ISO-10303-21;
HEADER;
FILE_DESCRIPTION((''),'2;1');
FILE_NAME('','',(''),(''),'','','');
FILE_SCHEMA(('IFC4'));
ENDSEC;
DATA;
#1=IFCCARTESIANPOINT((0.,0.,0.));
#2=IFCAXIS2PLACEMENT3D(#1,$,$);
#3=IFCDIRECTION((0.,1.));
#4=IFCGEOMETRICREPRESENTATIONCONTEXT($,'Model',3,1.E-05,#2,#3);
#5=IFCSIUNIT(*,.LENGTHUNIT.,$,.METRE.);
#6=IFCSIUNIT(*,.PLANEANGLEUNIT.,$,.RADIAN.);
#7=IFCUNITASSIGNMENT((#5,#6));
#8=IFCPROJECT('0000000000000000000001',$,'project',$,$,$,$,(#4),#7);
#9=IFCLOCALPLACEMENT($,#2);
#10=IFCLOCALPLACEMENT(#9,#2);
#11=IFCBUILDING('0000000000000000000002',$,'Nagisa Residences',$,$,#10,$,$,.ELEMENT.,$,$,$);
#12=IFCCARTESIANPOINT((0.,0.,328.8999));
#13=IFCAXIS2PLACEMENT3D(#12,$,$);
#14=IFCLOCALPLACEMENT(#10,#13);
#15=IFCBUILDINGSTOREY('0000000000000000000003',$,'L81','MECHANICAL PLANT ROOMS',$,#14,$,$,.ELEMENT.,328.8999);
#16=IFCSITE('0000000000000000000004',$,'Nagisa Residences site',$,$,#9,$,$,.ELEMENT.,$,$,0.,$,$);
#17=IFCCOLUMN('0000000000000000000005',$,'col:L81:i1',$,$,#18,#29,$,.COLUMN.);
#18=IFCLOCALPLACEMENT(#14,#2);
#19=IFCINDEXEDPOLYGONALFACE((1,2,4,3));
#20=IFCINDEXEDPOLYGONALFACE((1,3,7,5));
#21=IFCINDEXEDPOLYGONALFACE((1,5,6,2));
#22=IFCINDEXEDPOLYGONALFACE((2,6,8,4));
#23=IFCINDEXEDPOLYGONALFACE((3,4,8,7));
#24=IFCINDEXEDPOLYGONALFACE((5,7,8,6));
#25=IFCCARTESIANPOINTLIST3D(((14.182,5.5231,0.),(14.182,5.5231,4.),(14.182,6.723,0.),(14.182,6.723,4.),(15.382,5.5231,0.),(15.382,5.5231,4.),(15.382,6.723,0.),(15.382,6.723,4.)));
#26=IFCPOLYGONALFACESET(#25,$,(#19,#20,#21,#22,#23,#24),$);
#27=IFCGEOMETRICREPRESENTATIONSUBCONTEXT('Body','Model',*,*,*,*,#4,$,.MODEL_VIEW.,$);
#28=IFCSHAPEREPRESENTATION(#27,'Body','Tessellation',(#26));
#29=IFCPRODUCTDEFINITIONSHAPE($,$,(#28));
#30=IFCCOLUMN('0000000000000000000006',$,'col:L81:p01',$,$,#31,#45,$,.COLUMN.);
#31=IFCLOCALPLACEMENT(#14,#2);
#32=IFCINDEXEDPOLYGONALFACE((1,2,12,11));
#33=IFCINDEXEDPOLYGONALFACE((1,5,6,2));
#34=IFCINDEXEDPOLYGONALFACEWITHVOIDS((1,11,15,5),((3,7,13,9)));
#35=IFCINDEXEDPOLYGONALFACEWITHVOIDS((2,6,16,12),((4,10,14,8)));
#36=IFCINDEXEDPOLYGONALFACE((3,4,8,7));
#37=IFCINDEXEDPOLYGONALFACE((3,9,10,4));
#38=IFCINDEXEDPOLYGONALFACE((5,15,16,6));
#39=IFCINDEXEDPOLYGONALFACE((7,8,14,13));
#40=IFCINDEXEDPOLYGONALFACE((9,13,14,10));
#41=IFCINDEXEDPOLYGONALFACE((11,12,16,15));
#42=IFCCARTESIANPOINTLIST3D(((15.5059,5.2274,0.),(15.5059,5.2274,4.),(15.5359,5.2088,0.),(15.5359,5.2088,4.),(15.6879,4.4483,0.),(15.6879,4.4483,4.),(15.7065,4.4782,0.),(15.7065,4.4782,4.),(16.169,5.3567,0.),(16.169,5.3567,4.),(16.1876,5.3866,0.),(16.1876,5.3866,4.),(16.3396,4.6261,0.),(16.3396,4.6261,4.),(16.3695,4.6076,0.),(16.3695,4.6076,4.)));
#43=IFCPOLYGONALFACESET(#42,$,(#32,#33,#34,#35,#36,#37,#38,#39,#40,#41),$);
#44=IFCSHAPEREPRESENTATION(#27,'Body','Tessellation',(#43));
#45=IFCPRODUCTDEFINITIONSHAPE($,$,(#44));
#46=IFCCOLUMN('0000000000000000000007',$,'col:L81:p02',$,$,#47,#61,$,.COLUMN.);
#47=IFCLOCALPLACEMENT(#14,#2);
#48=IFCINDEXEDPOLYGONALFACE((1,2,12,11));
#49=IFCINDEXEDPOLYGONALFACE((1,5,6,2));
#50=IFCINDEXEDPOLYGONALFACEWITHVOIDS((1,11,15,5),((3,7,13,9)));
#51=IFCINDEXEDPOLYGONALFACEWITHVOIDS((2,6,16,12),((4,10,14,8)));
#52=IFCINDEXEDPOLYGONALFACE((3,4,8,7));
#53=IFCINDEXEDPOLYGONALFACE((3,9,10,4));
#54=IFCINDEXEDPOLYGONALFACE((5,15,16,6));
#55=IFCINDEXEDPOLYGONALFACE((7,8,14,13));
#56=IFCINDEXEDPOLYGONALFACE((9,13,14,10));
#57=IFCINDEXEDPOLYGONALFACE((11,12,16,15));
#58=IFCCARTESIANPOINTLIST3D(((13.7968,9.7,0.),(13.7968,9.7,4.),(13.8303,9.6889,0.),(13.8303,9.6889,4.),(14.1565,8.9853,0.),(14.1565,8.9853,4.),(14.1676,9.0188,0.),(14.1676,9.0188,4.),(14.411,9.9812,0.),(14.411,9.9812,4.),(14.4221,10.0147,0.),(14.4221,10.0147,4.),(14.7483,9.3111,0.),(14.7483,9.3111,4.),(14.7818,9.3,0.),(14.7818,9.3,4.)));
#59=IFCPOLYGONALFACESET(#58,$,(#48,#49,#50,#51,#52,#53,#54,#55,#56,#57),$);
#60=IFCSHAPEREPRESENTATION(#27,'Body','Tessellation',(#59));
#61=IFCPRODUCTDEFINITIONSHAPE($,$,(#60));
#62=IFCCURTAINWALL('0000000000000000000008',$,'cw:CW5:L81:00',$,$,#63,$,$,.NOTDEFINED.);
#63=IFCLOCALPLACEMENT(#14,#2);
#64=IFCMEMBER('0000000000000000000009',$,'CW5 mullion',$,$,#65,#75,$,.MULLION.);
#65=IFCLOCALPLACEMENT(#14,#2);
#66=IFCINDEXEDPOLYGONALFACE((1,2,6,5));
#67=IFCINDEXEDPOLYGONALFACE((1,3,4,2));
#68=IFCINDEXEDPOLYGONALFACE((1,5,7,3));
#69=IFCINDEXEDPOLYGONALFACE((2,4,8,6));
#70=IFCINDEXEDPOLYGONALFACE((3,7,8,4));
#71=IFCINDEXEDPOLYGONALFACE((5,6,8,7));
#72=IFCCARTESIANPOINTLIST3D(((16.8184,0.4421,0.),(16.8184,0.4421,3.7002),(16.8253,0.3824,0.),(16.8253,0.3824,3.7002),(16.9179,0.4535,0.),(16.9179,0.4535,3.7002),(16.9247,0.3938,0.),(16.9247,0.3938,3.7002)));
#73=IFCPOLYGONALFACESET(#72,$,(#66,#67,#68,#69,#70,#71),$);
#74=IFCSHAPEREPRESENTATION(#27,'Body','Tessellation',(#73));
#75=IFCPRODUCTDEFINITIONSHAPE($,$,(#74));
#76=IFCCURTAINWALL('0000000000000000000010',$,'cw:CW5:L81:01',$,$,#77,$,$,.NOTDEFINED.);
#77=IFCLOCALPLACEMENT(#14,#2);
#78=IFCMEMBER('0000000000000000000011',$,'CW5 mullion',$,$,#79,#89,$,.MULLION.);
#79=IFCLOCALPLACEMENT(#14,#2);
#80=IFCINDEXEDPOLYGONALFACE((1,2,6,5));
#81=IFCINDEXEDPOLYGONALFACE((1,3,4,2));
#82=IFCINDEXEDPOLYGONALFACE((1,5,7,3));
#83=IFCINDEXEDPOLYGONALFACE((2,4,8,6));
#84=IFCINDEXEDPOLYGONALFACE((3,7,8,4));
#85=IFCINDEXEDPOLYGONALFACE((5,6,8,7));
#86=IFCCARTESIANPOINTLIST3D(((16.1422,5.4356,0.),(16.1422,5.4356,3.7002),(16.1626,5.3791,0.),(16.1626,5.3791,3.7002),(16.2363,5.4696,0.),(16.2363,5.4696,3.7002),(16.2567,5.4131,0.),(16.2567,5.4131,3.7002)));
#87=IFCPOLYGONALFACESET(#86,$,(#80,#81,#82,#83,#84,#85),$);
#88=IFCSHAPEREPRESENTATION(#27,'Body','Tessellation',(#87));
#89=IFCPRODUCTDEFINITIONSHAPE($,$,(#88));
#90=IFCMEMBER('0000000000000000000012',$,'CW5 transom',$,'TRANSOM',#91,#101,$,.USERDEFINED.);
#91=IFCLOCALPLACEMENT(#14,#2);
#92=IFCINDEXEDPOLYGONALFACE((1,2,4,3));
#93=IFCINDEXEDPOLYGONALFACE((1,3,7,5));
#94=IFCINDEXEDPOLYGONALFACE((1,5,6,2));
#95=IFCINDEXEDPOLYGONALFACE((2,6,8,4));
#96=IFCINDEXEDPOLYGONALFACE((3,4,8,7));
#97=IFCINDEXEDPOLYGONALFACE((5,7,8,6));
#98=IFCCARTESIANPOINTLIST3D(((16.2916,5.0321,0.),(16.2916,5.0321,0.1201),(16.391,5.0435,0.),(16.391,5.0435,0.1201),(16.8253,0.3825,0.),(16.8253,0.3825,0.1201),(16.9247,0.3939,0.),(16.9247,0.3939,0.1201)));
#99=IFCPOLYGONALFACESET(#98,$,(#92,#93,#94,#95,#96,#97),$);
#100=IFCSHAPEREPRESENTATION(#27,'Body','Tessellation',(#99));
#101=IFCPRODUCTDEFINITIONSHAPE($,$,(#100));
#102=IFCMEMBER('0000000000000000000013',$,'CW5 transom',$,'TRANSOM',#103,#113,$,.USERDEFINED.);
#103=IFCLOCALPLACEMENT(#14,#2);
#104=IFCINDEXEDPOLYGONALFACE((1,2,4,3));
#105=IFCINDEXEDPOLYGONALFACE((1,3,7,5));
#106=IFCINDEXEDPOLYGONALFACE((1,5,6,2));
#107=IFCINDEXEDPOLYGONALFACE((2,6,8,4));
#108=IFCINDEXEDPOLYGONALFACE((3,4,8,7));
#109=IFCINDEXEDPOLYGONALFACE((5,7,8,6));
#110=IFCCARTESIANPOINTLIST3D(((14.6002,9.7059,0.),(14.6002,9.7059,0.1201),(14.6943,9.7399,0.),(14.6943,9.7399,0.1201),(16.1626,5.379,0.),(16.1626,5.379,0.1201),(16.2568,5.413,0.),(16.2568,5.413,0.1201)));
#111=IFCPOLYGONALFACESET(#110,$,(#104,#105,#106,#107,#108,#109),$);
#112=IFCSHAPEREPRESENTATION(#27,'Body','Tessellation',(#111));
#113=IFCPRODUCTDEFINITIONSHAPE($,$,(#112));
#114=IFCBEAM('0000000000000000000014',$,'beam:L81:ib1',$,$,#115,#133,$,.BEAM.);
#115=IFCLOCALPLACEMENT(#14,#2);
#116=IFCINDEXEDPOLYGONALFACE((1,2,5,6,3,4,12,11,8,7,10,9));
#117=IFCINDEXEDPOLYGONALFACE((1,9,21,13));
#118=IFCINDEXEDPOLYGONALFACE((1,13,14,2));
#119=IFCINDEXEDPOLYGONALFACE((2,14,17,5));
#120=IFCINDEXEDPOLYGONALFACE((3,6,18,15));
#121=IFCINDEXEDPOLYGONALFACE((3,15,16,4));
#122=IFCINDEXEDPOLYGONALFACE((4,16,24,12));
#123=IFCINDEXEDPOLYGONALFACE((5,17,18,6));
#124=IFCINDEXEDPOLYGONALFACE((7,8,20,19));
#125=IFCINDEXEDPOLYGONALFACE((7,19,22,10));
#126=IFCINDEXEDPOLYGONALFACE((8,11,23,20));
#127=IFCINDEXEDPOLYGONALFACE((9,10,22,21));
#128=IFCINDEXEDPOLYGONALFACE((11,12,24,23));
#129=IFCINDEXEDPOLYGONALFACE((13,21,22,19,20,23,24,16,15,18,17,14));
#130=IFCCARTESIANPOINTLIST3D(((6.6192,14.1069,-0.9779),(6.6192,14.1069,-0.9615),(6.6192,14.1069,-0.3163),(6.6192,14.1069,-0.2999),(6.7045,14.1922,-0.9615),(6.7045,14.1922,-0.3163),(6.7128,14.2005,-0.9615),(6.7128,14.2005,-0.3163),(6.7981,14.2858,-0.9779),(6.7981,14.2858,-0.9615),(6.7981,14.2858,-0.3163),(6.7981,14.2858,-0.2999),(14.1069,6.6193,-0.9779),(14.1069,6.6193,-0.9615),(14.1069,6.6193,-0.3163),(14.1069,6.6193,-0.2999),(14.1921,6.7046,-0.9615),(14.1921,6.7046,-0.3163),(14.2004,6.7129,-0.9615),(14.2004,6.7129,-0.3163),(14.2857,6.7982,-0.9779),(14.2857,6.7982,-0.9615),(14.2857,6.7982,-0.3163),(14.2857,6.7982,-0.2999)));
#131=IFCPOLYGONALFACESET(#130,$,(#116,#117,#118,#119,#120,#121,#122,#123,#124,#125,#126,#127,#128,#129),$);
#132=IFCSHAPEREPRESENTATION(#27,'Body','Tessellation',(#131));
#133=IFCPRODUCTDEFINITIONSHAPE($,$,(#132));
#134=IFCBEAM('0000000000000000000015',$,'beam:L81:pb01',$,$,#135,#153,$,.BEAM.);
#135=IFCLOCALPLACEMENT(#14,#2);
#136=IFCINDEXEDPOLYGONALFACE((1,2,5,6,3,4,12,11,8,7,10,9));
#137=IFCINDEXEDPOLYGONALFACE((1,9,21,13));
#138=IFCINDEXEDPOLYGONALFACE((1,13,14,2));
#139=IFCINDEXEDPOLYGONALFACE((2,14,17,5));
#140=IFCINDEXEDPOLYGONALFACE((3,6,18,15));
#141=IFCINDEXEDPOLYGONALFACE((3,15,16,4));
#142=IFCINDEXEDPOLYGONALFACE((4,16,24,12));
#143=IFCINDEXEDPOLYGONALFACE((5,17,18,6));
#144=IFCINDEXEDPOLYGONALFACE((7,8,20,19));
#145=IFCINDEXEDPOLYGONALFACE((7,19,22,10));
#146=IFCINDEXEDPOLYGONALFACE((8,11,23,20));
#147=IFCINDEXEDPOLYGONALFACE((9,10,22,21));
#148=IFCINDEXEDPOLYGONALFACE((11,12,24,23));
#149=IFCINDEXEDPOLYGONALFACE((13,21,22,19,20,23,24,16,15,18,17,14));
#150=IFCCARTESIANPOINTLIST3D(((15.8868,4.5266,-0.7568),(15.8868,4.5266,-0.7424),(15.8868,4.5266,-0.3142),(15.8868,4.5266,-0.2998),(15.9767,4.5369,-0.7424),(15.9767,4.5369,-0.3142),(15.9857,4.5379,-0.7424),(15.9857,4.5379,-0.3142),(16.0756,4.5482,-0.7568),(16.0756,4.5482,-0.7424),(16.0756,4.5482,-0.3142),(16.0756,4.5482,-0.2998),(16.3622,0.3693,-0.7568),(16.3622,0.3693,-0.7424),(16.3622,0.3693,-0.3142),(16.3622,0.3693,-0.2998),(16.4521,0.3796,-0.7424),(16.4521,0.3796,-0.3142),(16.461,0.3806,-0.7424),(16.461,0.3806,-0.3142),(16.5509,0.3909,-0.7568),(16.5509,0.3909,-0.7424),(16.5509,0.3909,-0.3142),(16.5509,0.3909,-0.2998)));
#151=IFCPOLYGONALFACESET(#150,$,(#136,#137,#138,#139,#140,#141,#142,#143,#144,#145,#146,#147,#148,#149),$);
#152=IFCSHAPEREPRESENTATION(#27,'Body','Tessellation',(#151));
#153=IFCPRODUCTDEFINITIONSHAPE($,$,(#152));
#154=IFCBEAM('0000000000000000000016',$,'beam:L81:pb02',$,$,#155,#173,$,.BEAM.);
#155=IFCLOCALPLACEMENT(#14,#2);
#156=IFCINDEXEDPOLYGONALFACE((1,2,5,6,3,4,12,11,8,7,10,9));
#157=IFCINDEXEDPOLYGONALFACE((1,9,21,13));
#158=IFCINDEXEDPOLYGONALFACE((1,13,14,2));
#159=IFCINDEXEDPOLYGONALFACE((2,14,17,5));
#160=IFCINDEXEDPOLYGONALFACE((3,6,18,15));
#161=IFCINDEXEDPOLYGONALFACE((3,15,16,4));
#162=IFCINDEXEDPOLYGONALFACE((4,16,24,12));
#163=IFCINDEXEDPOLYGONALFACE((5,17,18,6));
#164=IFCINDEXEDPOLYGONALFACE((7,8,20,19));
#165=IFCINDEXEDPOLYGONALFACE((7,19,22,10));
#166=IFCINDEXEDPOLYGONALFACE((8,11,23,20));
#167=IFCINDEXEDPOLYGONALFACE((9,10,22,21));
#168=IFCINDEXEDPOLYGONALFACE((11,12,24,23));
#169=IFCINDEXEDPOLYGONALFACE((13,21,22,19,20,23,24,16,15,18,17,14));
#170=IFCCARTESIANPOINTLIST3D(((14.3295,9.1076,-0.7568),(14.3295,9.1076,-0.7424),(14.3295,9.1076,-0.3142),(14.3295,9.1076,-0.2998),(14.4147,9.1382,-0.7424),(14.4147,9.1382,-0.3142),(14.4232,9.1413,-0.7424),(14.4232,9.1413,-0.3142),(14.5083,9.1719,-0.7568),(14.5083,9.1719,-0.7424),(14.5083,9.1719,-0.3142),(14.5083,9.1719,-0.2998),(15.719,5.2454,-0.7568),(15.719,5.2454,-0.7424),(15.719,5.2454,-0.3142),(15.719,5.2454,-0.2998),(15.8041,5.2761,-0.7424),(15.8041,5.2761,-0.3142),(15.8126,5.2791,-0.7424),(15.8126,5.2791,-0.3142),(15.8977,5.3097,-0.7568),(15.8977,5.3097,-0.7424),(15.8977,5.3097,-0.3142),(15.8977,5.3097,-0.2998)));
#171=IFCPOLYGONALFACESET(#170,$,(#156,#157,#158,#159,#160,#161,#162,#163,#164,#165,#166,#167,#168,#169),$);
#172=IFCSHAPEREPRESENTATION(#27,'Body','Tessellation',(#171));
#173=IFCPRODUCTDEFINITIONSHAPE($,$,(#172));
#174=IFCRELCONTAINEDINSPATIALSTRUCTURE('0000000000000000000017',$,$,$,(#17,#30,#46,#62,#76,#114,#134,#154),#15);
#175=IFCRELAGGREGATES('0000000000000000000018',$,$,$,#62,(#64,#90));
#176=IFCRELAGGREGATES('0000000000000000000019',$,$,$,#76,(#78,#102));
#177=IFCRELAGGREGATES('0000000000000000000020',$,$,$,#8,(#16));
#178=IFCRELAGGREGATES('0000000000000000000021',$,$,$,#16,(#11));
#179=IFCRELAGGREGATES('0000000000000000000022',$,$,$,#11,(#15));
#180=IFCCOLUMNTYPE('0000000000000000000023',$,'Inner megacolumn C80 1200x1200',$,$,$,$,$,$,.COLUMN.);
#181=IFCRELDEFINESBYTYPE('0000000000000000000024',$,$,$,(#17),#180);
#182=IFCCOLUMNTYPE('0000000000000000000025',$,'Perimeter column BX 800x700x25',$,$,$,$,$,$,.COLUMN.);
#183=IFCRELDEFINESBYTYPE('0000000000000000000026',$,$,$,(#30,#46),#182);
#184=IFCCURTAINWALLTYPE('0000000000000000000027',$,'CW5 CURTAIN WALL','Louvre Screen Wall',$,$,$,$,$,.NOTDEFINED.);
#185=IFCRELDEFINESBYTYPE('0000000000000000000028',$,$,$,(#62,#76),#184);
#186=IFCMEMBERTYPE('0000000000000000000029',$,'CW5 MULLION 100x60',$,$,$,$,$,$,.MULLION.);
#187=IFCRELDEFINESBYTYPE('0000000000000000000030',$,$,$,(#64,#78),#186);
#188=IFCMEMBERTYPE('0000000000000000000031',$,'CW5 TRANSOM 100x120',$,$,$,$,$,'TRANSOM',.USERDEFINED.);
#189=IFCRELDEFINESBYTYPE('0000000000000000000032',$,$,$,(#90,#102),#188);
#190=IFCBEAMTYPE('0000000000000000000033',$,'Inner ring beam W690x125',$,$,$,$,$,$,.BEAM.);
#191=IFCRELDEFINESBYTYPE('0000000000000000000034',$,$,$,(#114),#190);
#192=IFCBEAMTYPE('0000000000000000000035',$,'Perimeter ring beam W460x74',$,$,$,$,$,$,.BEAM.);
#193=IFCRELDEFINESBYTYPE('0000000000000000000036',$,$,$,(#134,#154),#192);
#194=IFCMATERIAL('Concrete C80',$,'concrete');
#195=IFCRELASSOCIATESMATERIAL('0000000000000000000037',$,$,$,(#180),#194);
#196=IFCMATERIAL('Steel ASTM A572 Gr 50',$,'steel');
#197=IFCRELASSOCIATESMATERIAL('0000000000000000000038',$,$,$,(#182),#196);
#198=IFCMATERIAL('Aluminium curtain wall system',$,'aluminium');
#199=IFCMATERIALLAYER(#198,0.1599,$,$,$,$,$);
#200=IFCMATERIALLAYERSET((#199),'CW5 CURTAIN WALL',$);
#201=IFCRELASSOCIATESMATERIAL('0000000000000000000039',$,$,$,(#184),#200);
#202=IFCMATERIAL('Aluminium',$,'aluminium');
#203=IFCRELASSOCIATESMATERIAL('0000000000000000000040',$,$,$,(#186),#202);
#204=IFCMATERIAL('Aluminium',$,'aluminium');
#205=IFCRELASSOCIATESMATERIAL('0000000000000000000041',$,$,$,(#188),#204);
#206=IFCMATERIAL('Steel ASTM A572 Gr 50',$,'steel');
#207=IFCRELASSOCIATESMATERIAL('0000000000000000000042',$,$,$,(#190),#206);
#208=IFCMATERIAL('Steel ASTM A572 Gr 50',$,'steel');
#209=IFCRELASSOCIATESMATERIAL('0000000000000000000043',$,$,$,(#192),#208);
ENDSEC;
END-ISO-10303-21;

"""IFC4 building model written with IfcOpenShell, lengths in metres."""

from ifc_helpers import new_model, si_unit, direction, frame, origin, origin_2d, place, context, subcontext, project, spatial, rectangle, hollow_rectangle, i_section, extrude, material, layer, layer_set, material_profile, profile_set, type_object, element, aggregate, save


model = new_model("IFC4")

# Units and contexts
model_context = context("Model", 3, precision=1e-05, world=origin(), true_north=direction((0.0, 1.0)))
body_context = subcontext(model_context, "Body", "Model", "MODEL_VIEW")
ifc_project = project(units=[si_unit("LENGTHUNIT", "METRE"), si_unit("PLANEANGLEUNIT", "RADIAN")], contexts=[model_context])

# Site, building, storey
site_placement = place(None, origin())
site = spatial("IfcSite", under=ifc_project, at=site_placement, Name="Nagisa Residences site", CompositionType="ELEMENT", RefElevation=0.0)
building_placement = place(site_placement, origin())
building = spatial("IfcBuilding", under=site, at=building_placement, Name="Nagisa Residences", CompositionType="ELEMENT")
storey_placement = place(building_placement, frame((0.0, 0.0, 328.8999)))
storey = spatial("IfcBuildingStorey", under=building, at=storey_placement, Name="L81", Description="MECHANICAL PLANT ROOMS", CompositionType="ELEMENT", Elevation=328.8999)

# Columns
ifc_material_1 = material(Name="Concrete C80", Category="concrete")
ifc_material_profile_1 = material_profile(ifc_material_1, rectangle(XDim=1.2, YDim=1.2, at=origin_2d()), Name="C80 1200x1200")
ifc_profile_set_1 = profile_set([ifc_material_profile_1], Name="Concrete C80")
column_type_1 = type_object("IfcColumnType", Name="Inner megacolumn C80 1200x1200", PredefinedType="COLUMN", material=ifc_profile_set_1)
column_placement = place(storey_placement, frame((14.782, 6.123, 0.0), z_axis=(0.0, 0.0, 1.0), x_axis=(1.0, 0.0, 0.0)))
element("IfcColumn", 1, at=column_placement, inside=storey, type_object=column_type_1, Name="col:L81:i1", PredefinedType="COLUMN", context=body_context, shape_type="SweptSolid", body=[
    extrude(rectangle(XDim=1.2, YDim=1.2, at=origin_2d()), origin(), (0.0, 0.0, 1.0), 4.0),
])
ifc_material_2 = material(Name="Steel ASTM A572 Gr 50", Category="steel")
ifc_material_profile_2 = material_profile(ifc_material_2, hollow_rectangle(XDim=0.8, YDim=0.7, WallThickness=0.0249, at=origin_2d()), Name="BX 800x700x25")
ifc_profile_set_2 = profile_set([ifc_material_profile_2], Name="Steel ASTM A572 Gr 50")
column_type_2 = type_object("IfcColumnType", Name="Perimeter column BX 800x700x25", PredefinedType="COLUMN", material=ifc_profile_set_2)
for number, where, z_axis, x_axis, name in (
    (2, (15.9377, 4.9175, 0.0), (0.0, 0.0, 1.0), (-0.227473, 0.973784, 0.0), "col:L81:p01"),
    (3, (14.2893, 9.5, 0.0), (0.0, 0.0, 1.0), (-0.449592, 0.893234, 0.0), "col:L81:p02"),
):
    element("IfcColumn", number, at=place(storey_placement, frame(where, z_axis=z_axis, x_axis=x_axis)), inside=storey, type_object=column_type_2, Name=name, PredefinedType="COLUMN", context=body_context, shape_type="SweptSolid", body=[
        extrude(hollow_rectangle(XDim=0.8, YDim=0.7, WallThickness=0.0249, at=origin_2d()), origin(), (0.0, 0.0, 1.0), 4.0),
    ])

# Curtain walls, members
ifc_material_3 = material(Name="Aluminium curtain wall system", Category="aluminium")
ifc_layer_1 = layer(ifc_material_3, 0.1599)
ifc_layer_set_1 = layer_set([ifc_layer_1], Name="CW5 CURTAIN WALL")
curtain_wall_type = type_object("IfcCurtainWallType", Name="CW5 CURTAIN WALL", Description="Louvre Screen Wall", PredefinedType="NOTDEFINED", material=ifc_layer_set_1)
curtain_wall_1_placement = place(storey_placement, origin())
curtain_wall_1 = element("IfcCurtainWall", 4, at=curtain_wall_1_placement, inside=storey, type_object=curtain_wall_type, Name="cw:CW5:L81:00", PredefinedType="NOTDEFINED")
ifc_material_4 = material(Name="Aluminium", Category="aluminium")
ifc_material_profile_3 = material_profile(ifc_material_4, rectangle(XDim=0.1001, YDim=0.0601, at=origin_2d()), Name="CW5 MULLION 100x60")
ifc_profile_set_3 = profile_set([ifc_material_profile_3], Name="Aluminium")
member_type_1 = type_object("IfcMemberType", Name="CW5 MULLION 100x60", PredefinedType="MULLION", material=ifc_profile_set_3)
member_1_placement = place(storey_placement, frame((16.8716, 0.418, 0.0), z_axis=(0.0, 0.0, 1.0), x_axis=(-0.993478, -0.114025, 0.0)))
member_1 = element("IfcMember", 5, at=member_1_placement, type_object=member_type_1, Name="CW5 mullion", PredefinedType="MULLION", context=body_context, shape_type="SweptSolid", body=[
    extrude(rectangle(XDim=0.1001, YDim=0.0601, at=origin_2d()), origin(), (0.0, 0.0, 1.0), 3.7002),
])
curtain_wall_2_placement = place(storey_placement, origin())
curtain_wall_2 = element("IfcCurtainWall", 6, at=curtain_wall_2_placement, inside=storey, type_object=curtain_wall_type, Name="cw:CW5:L81:01", PredefinedType="NOTDEFINED")
member_2_placement = place(storey_placement, frame((16.1995, 5.4243, 0.0), z_axis=(0.0, 0.0, 1.0), x_axis=(-0.940554, -0.339643, 0.0)))
member_2 = element("IfcMember", 7, at=member_2_placement, type_object=member_type_1, Name="CW5 mullion", PredefinedType="MULLION", context=body_context, shape_type="SweptSolid", body=[
    extrude(rectangle(XDim=0.1001, YDim=0.0601, at=origin_2d()), origin(), (0.0, 0.0, 1.0), 3.7002),
])

# Members
ifc_material_5 = material(Name="Aluminium", Category="aluminium")
ifc_material_profile_4 = material_profile(ifc_material_5, rectangle(XDim=0.1001, YDim=0.1201, at=origin_2d()), Name="CW5 TRANSOM 100x120")
ifc_profile_set_4 = profile_set([ifc_material_profile_4], Name="Aluminium")
member_type_2 = type_object("IfcMemberType", Name="CW5 TRANSOM 100x120", ElementType="TRANSOM", PredefinedType="USERDEFINED", material=ifc_profile_set_4)
member_3_placement = place(storey_placement, frame((16.875, 0.3882, 0.0601), z_axis=(-0.114032, 0.993477, 0.0), x_axis=(-0.993477, -0.114032, 0.0)))
member_3 = element("IfcMember", 8, at=member_3_placement, type_object=member_type_2, Name="CW5 transom", ObjectType="TRANSOM", PredefinedType="USERDEFINED", context=body_context, shape_type="SweptSolid", body=[
    extrude(rectangle(XDim=0.1001, YDim=0.1201, at=origin_2d()), origin(), (0.0, 0.0, 1.0), 4.6802),
])
member_4_placement = place(storey_placement, frame((16.2097, 5.396, 0.0601), z_axis=(-0.339646, 0.940553, 0.0), x_axis=(-0.940553, -0.339646, 0.0)))
member_4 = element("IfcMember", 9, at=member_4_placement, type_object=member_type_2, Name="CW5 transom", ObjectType="TRANSOM", PredefinedType="USERDEFINED", context=body_context, shape_type="SweptSolid", body=[
    extrude(rectangle(XDim=0.1001, YDim=0.1201, at=origin_2d()), origin(), (0.0, 0.0, 1.0), 4.6003),
])

# Beams
ifc_material_6 = material(Name="Steel ASTM A572 Gr 50", Category="steel")
ifc_material_profile_5 = material_profile(ifc_material_6, i_section(OverallWidth=0.2529, OverallDepth=0.678, WebThickness=0.0117, FlangeThickness=0.0164, at=origin_2d()), Name="W690x125")
ifc_profile_set_5 = profile_set([ifc_material_profile_5], Name="Steel ASTM A572 Gr 50")
beam_type_1 = type_object("IfcBeamType", Name="Inner ring beam W690x125", PredefinedType="BEAM", material=ifc_profile_set_5)
beam_1_placement = place(storey_placement, frame((14.1963, 6.7087, -0.6389), z_axis=(-0.707107, 0.707107, 0.0), x_axis=(-0.707107, -0.707107, 0.0)))
element("IfcBeam", 10, at=beam_1_placement, inside=storey, type_object=beam_type_1, Name="beam:L81:ib1", PredefinedType="BEAM", context=body_context, shape_type="SweptSolid", body=[
    extrude(i_section(OverallWidth=0.2529, OverallDepth=0.678, WebThickness=0.0117, FlangeThickness=0.0164, at=origin_2d()), origin(), (0.0, 0.0, 1.0), 10.5891),
])
ifc_material_7 = material(Name="Steel ASTM A572 Gr 50", Category="steel")
ifc_material_profile_6 = material_profile(ifc_material_7, i_section(OverallWidth=0.1899, OverallDepth=0.457, WebThickness=0.009, FlangeThickness=0.0144, at=origin_2d()), Name="W460x74")
ifc_profile_set_6 = profile_set([ifc_material_profile_6], Name="Steel ASTM A572 Gr 50")
beam_type_2 = type_object("IfcBeamType", Name="Perimeter ring beam W460x74", PredefinedType="BEAM", material=ifc_profile_set_6)
beam_2_placement = place(storey_placement, frame((16.4565, 0.3801, -0.5283), z_axis=(-0.113601, 0.993526, 0.0), x_axis=(-0.993526, -0.113601, 0.0)))
element("IfcBeam", 11, at=beam_2_placement, inside=storey, type_object=beam_type_2, Name="beam:L81:pb01", PredefinedType="BEAM", context=body_context, shape_type="SweptSolid", body=[
    extrude(i_section(OverallWidth=0.1899, OverallDepth=0.457, WebThickness=0.009, FlangeThickness=0.0144, at=origin_2d()), origin(), (0.0, 0.0, 1.0), 4.1843),
])
beam_3_placement = place(storey_placement, frame((15.8083, 5.2776, -0.5283), z_axis=(-0.338517, 0.94096, 0.0), x_axis=(-0.94096, -0.338517, 0.0)))
element("IfcBeam", 12, at=beam_3_placement, inside=storey, type_object=beam_type_2, Name="beam:L81:pb02", PredefinedType="BEAM", context=body_context, shape_type="SweptSolid", body=[
    extrude(i_section(OverallWidth=0.1899, OverallDepth=0.457, WebThickness=0.009, FlangeThickness=0.0144, at=origin_2d()), origin(), (0.0, 0.0, 1.0), 4.1045),
])

aggregate(curtain_wall_1, [member_1, member_3])
aggregate(curtain_wall_2, [member_2, member_4])

save(model, "model.ifc")
